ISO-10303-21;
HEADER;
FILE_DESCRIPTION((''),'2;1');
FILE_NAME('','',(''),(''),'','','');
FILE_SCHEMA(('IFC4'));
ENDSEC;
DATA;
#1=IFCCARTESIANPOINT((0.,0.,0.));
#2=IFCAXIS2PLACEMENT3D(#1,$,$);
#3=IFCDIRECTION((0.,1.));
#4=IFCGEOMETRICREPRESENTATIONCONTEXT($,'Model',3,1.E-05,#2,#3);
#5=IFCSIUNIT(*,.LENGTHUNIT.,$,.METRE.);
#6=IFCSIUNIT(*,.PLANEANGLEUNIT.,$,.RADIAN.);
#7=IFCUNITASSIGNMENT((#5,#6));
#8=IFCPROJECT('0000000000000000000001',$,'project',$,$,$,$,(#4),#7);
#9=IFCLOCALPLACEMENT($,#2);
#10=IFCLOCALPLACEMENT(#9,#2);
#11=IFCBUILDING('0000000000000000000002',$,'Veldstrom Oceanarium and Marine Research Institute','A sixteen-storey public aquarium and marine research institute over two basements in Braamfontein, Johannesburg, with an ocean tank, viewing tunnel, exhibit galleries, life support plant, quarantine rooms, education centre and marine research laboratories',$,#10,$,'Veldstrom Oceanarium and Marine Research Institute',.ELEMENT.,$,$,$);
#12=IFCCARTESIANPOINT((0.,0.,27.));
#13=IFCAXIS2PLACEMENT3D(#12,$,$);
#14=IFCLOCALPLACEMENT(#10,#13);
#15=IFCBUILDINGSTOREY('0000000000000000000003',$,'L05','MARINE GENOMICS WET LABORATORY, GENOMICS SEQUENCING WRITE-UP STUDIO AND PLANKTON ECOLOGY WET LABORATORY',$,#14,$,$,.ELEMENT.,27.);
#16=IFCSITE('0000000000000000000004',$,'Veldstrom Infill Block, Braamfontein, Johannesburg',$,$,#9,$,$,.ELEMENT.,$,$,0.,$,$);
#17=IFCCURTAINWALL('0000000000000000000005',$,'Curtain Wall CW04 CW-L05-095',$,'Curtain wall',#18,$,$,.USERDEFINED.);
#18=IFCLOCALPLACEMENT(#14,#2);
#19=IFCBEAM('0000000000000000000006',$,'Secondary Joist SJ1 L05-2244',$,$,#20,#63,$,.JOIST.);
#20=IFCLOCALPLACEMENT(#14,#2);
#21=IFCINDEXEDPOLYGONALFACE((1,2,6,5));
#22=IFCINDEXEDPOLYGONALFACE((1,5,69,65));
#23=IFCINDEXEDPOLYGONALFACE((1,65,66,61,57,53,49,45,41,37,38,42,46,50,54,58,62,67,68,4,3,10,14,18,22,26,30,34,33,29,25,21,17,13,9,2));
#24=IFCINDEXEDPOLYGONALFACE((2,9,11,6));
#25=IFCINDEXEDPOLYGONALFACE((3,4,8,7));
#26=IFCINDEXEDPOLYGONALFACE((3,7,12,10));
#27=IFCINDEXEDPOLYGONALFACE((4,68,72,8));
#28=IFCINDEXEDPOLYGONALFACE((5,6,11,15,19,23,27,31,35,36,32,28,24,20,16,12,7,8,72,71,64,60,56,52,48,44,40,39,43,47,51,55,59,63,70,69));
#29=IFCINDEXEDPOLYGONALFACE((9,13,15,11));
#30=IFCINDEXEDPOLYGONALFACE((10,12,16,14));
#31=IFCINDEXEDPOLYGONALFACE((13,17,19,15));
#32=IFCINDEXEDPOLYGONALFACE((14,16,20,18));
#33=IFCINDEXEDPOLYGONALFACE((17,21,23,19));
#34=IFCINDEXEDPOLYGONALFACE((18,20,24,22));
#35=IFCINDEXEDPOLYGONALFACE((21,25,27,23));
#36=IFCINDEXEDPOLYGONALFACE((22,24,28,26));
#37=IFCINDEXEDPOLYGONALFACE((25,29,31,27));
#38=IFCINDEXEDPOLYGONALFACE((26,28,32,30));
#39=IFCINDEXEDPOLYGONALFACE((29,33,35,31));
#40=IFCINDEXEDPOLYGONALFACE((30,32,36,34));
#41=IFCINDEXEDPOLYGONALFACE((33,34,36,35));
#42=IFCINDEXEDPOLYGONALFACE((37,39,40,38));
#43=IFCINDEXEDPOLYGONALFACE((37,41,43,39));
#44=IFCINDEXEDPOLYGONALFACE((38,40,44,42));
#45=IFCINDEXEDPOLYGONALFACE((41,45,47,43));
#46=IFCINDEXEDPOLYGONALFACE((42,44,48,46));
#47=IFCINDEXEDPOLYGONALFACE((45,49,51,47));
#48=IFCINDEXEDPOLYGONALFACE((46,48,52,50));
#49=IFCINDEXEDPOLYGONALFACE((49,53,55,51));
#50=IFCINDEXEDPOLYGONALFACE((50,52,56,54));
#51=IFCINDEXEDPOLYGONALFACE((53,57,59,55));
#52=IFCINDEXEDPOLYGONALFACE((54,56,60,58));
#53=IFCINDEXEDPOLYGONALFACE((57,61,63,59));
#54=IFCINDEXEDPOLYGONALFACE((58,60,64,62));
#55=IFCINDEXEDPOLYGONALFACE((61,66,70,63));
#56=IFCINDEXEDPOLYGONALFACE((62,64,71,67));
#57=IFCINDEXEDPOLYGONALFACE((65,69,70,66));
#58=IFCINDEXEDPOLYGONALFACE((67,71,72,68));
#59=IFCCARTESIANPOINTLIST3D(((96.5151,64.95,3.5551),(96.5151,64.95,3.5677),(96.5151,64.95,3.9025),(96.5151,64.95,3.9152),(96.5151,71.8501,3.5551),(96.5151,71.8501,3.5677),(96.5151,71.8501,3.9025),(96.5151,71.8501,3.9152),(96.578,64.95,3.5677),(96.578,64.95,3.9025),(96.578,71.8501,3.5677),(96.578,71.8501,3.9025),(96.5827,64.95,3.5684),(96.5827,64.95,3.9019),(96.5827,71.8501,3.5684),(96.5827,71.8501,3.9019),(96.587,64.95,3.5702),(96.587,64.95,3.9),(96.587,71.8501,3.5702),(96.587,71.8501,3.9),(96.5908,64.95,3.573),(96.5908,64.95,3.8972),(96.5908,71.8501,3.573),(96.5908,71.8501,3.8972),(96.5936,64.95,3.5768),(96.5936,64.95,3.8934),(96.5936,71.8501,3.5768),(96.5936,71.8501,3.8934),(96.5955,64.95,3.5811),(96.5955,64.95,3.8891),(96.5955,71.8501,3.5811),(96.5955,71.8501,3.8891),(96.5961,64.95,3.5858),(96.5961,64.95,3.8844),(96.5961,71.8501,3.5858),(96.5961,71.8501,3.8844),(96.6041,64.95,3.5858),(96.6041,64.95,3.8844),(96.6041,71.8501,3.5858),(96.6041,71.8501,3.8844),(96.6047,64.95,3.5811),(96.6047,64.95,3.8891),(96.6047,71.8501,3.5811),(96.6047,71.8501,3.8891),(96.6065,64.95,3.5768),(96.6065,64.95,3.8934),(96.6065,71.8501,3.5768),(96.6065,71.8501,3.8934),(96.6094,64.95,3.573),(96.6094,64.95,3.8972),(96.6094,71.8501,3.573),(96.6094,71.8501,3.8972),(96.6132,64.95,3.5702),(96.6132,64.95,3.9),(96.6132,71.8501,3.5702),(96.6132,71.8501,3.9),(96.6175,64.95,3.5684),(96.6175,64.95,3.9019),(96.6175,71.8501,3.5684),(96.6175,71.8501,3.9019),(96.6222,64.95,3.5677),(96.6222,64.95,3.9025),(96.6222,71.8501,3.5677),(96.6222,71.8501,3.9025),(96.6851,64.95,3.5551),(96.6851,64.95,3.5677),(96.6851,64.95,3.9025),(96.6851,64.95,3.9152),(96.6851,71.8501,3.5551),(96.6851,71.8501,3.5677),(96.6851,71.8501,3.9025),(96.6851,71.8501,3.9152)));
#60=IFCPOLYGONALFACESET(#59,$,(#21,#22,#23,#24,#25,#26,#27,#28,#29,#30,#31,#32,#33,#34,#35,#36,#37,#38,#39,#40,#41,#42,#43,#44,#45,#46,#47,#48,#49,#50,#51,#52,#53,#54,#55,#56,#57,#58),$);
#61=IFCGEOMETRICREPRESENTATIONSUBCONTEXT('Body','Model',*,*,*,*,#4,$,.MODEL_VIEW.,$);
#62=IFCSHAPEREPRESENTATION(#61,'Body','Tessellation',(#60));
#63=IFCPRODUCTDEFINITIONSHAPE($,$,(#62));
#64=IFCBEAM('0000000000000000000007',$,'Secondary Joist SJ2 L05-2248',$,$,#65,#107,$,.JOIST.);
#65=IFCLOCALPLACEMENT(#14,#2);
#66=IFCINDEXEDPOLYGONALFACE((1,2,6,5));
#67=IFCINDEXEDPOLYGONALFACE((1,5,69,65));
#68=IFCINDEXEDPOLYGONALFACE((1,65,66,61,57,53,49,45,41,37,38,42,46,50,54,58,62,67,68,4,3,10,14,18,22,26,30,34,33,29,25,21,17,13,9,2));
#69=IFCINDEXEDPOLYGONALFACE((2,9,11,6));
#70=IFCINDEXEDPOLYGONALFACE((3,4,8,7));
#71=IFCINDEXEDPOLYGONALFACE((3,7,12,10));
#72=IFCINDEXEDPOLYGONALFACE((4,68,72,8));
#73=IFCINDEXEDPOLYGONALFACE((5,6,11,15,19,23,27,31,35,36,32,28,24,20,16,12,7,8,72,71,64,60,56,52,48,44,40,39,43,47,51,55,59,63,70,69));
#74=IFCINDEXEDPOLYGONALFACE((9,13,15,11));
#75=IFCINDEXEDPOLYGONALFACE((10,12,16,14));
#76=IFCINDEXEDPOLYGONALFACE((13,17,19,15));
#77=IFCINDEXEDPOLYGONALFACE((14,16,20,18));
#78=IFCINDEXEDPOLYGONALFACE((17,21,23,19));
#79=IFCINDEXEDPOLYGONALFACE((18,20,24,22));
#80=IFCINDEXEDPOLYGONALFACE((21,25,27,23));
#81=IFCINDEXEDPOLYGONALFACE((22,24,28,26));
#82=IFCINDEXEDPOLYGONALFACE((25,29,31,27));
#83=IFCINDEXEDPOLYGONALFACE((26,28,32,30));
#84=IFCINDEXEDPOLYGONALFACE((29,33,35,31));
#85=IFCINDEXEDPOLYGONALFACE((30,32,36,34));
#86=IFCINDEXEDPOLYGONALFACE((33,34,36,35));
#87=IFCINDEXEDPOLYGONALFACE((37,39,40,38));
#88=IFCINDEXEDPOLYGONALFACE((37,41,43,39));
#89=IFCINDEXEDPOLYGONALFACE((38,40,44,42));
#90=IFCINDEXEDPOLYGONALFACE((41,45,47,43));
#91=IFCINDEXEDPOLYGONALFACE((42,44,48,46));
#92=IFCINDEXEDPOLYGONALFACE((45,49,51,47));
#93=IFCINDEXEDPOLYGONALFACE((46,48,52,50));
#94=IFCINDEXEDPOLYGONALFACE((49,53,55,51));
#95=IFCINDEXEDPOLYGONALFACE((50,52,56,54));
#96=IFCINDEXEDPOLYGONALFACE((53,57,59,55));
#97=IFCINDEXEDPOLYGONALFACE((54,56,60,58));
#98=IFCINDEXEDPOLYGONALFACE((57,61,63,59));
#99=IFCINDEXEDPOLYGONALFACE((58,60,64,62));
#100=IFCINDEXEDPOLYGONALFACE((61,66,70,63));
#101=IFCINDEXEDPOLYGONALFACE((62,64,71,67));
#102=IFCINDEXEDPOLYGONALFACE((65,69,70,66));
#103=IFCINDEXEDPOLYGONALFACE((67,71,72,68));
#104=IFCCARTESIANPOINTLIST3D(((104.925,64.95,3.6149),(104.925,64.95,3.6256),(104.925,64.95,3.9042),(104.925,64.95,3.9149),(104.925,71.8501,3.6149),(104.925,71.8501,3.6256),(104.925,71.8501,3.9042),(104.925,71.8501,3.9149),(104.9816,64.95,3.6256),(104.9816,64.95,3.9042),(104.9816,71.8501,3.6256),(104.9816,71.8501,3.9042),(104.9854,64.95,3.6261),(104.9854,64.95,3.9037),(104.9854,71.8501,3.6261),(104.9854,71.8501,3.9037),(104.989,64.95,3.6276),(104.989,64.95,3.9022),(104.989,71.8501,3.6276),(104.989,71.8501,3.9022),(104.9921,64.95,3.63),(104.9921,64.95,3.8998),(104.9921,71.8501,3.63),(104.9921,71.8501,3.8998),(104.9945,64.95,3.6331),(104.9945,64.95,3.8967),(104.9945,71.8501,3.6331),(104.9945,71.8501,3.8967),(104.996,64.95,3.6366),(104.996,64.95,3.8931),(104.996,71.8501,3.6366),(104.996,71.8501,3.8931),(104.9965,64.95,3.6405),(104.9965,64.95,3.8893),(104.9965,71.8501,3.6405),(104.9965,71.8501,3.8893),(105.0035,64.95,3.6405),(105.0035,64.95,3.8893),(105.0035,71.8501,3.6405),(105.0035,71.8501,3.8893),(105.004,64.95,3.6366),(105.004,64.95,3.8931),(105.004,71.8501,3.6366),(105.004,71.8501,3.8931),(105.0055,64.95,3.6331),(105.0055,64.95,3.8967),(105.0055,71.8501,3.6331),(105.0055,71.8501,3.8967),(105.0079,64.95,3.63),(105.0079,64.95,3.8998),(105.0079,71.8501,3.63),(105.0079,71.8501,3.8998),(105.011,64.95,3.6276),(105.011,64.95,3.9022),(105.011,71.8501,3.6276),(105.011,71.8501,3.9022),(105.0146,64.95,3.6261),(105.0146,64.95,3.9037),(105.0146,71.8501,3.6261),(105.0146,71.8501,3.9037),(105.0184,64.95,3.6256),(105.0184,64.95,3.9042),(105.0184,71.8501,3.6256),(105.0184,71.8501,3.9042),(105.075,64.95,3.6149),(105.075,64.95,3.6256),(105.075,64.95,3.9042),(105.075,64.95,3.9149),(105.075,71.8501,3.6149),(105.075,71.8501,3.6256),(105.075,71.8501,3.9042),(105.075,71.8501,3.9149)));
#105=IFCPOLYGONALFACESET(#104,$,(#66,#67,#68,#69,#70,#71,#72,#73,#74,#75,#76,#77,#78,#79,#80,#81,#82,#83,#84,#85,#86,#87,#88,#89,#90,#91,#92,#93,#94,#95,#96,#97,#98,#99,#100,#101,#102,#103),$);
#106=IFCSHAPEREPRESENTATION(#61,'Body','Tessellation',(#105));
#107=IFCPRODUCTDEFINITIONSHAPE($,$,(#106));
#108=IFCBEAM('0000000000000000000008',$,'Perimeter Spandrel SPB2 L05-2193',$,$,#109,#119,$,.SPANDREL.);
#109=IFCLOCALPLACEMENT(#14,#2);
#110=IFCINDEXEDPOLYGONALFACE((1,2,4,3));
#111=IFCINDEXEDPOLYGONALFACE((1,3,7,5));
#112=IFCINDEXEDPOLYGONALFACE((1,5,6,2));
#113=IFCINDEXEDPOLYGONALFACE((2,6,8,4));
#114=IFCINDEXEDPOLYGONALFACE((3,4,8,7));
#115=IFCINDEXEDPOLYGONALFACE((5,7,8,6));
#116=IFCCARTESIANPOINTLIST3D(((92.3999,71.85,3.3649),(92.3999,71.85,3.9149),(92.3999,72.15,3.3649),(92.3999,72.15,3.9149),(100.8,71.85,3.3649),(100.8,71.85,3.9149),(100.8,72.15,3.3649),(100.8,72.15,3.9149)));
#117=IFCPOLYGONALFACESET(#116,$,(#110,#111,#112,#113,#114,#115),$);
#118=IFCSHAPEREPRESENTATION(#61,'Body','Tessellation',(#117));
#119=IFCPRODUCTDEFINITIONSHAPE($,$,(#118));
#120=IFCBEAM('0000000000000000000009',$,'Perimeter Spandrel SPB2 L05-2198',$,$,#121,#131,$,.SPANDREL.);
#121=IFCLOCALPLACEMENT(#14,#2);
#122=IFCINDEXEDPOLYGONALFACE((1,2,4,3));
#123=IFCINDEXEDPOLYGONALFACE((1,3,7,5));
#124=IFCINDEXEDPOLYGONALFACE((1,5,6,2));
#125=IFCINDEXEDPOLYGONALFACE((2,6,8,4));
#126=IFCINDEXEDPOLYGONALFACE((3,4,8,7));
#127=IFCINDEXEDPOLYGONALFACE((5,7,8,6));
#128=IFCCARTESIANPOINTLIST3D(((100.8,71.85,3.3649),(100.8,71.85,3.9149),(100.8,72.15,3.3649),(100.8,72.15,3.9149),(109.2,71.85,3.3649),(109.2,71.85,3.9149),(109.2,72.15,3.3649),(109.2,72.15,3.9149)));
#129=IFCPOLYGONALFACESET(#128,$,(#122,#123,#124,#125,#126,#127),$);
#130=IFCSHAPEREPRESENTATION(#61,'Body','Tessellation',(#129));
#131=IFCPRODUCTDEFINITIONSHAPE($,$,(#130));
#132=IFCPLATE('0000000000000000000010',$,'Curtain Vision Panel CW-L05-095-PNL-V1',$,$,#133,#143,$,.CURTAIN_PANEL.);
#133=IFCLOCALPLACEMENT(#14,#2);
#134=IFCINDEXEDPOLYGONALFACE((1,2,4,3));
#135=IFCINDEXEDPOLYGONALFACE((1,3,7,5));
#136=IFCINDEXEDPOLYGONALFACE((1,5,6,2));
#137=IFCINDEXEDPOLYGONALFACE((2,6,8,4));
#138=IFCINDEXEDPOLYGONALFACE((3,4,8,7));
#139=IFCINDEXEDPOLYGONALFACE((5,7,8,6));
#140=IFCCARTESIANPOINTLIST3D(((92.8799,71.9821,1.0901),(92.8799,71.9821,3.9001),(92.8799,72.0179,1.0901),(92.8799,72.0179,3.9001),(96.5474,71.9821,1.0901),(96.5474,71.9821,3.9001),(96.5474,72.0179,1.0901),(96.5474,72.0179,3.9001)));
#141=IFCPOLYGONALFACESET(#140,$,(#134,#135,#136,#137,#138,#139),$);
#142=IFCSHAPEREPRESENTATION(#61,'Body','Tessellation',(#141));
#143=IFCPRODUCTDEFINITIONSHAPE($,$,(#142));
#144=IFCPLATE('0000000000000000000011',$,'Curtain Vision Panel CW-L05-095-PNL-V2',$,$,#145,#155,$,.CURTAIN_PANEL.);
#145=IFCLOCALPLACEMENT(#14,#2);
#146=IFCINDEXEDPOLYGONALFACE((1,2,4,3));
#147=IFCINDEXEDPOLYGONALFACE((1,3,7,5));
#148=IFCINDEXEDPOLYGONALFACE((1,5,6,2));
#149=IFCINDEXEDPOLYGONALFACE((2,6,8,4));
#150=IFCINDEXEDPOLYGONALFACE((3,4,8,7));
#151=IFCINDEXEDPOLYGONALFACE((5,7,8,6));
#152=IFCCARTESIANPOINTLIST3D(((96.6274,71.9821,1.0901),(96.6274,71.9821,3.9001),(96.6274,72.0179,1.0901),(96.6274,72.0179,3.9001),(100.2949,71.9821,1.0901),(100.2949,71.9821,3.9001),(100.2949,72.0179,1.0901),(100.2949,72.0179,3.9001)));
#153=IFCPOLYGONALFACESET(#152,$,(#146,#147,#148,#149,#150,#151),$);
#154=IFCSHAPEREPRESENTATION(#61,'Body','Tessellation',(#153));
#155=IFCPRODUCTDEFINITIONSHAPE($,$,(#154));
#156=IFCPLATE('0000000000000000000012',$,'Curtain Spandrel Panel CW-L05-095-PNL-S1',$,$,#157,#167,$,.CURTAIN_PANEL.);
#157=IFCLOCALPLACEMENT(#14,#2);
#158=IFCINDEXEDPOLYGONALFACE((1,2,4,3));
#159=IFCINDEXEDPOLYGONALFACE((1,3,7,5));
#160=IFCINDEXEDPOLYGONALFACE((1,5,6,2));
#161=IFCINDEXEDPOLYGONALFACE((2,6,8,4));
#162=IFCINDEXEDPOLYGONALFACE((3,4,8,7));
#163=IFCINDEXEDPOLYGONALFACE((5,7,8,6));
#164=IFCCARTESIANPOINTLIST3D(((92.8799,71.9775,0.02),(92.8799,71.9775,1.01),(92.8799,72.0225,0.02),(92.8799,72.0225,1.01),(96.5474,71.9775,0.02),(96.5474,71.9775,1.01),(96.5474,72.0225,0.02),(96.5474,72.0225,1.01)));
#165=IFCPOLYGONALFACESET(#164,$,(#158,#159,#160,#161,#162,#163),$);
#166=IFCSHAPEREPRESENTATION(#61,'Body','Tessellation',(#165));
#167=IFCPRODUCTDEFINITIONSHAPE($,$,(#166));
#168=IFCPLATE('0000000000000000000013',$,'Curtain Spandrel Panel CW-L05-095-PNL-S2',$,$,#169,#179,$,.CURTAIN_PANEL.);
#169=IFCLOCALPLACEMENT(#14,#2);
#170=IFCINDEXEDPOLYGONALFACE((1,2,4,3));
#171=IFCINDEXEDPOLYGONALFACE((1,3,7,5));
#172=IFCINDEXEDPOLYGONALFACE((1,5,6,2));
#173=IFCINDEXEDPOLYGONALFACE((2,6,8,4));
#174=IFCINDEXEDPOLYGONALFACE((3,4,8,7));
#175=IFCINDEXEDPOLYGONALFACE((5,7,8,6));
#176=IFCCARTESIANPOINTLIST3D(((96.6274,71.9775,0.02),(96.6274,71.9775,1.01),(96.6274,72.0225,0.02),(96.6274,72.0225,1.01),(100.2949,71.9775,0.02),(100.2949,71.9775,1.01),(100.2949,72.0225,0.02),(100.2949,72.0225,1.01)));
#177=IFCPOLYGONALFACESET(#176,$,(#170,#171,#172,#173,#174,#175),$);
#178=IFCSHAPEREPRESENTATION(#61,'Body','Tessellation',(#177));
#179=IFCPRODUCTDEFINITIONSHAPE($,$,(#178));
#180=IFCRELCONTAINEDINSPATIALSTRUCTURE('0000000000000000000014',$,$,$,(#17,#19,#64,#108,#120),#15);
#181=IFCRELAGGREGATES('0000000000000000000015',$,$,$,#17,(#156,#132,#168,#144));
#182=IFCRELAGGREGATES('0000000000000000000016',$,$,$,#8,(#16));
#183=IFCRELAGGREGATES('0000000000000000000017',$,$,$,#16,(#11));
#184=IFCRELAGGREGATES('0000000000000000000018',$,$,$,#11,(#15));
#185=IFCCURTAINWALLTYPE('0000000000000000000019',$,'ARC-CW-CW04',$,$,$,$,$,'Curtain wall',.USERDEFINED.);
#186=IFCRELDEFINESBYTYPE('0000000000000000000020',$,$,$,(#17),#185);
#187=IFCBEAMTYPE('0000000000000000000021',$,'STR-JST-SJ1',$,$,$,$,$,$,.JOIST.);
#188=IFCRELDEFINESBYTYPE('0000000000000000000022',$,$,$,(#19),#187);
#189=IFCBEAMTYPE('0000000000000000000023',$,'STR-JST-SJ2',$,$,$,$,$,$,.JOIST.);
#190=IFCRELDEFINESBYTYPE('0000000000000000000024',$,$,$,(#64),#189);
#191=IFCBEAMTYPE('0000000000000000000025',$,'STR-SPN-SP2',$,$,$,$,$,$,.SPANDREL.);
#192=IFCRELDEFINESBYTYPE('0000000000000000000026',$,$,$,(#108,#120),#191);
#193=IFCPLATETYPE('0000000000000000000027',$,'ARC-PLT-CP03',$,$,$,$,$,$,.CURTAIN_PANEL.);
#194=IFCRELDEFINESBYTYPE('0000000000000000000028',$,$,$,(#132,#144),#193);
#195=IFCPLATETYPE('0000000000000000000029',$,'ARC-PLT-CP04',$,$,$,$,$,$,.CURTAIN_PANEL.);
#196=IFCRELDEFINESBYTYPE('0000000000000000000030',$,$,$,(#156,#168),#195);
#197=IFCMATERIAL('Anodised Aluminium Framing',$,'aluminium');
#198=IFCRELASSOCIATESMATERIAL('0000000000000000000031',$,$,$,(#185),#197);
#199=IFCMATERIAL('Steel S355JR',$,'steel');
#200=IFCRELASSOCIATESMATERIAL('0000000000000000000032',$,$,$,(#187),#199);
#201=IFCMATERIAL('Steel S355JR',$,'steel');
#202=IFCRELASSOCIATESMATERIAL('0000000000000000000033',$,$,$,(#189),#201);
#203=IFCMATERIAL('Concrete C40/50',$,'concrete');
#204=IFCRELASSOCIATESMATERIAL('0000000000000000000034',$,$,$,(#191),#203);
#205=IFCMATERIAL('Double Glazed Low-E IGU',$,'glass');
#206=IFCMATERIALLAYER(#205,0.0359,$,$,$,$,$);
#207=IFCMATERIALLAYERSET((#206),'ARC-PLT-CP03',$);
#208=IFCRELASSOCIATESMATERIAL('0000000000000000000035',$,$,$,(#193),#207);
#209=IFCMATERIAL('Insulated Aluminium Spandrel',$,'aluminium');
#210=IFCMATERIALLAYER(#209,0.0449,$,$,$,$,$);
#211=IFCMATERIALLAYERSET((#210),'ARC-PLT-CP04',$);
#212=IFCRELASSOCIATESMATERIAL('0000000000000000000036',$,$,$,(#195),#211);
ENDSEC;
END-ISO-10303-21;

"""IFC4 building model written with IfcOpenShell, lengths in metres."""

from ifc_helpers import new_model, si_unit, direction, frame, origin, origin_2d, place, context, subcontext, project, spatial, rectangle, i_section, extrude, material, layer, layer_set, material_profile, profile_set, type_object, element, aggregate, save


model = new_model("IFC4")

# Units and contexts
model_context = context("Model", 3, precision=1e-05, world=origin(), true_north=direction((0.0, 1.0)))
body_context = subcontext(model_context, "Body", "Model", "MODEL_VIEW")
ifc_project = project(units=[si_unit("LENGTHUNIT", "METRE"), si_unit("PLANEANGLEUNIT", "RADIAN")], contexts=[model_context])

# Site, building, storey
site_placement = place(None, origin())
site = spatial("IfcSite", under=ifc_project, at=site_placement, Name="Veldstrom Infill Block, Braamfontein, Johannesburg", CompositionType="ELEMENT", RefElevation=0.0)
building_placement = place(site_placement, origin())
building = spatial("IfcBuilding", under=site, at=building_placement, Name="Veldstrom Oceanarium and Marine Research Institute", Description="A sixteen-storey public aquarium and marine research institute over two basements in Braamfontein, Johannesburg, with an ocean tank, viewing tunnel, exhibit galleries, life support plant, quarantine rooms, education centre and marine research laboratories", LongName="Veldstrom Oceanarium and Marine Research Institute", CompositionType="ELEMENT")
storey_placement = place(building_placement, frame((0.0, 0.0, 27.0)))
storey = spatial("IfcBuildingStorey", under=building, at=storey_placement, Name="L05", Description="MARINE GENOMICS WET LABORATORY, GENOMICS SEQUENCING WRITE-UP STUDIO AND PLANKTON ECOLOGY WET LABORATORY", CompositionType="ELEMENT", Elevation=27.0)

# Curtain wall
ifc_material_1 = material(Name="Anodised Aluminium Framing", Category="aluminium")
curtain_wall_type = type_object("IfcCurtainWallType", Name="ARC-CW-CW04", ElementType="Curtain wall", PredefinedType="USERDEFINED", material=ifc_material_1)
curtain_wall_placement = place(storey_placement, origin())
curtain_wall = element("IfcCurtainWall", 1, at=curtain_wall_placement, inside=storey, type_object=curtain_wall_type, Name="Curtain Wall CW04 CW-L05-095", ObjectType="Curtain wall", PredefinedType="USERDEFINED")

# Beams
ifc_material_2 = material(Name="Steel S355JR", Category="steel")
ifc_material_profile_1 = material_profile(ifc_material_2, i_section(OverallWidth=0.1699, OverallDepth=0.3601, WebThickness=0.0081, FlangeThickness=0.0127, FilletRadius=0.0181, at=origin_2d()), Name="IPE 360")
ifc_profile_set_1 = profile_set([ifc_material_profile_1], Name="Steel S355JR")
beam_type_1 = type_object("IfcBeamType", Name="STR-JST-SJ1", PredefinedType="JOIST", material=ifc_profile_set_1)
beam_1_placement = place(storey_placement, frame((96.6001, 64.95, 3.7351), z_axis=(0.0, 1.0, 0.0), x_axis=(-1.0, 0.0, 0.0)))
element("IfcBeam", 2, at=beam_1_placement, inside=storey, type_object=beam_type_1, Name="Secondary Joist SJ1 L05-2244", PredefinedType="JOIST", context=body_context, shape_type="SweptSolid", body=[
    extrude(i_section(OverallWidth=0.1699, OverallDepth=0.3601, WebThickness=0.0081, FlangeThickness=0.0127, FilletRadius=0.0181, at=origin_2d()), origin(), (0.0, 0.0, 1.0), 6.9001),
])
ifc_material_3 = material(Name="Steel S355JR", Category="steel")
ifc_material_profile_2 = material_profile(ifc_material_3, i_section(OverallWidth=0.1499, OverallDepth=0.3, WebThickness=0.0071, FlangeThickness=0.0107, FilletRadius=0.0149, at=origin_2d()), Name="IPE 300")
ifc_profile_set_2 = profile_set([ifc_material_profile_2], Name="Steel S355JR")
beam_type_2 = type_object("IfcBeamType", Name="STR-JST-SJ2", PredefinedType="JOIST", material=ifc_profile_set_2)
beam_2_placement = place(storey_placement, frame((105.0, 64.95, 3.7649), z_axis=(0.0, 1.0, 0.0), x_axis=(-1.0, 0.0, 0.0)))
element("IfcBeam", 3, at=beam_2_placement, inside=storey, type_object=beam_type_2, Name="Secondary Joist SJ2 L05-2248", PredefinedType="JOIST", context=body_context, shape_type="SweptSolid", body=[
    extrude(i_section(OverallWidth=0.1499, OverallDepth=0.3, WebThickness=0.0071, FlangeThickness=0.0107, FilletRadius=0.0149, at=origin_2d()), origin(), (0.0, 0.0, 1.0), 6.9001),
])
ifc_material_4 = material(Name="Concrete C40/50", Category="concrete")
ifc_material_profile_3 = material_profile(ifc_material_4, rectangle(XDim=0.3, YDim=0.55, at=origin_2d()), Name="RC-SPN-300x550")
ifc_profile_set_3 = profile_set([ifc_material_profile_3], Name="Concrete C40/50")
beam_type_3 = type_object("IfcBeamType", Name="STR-SPN-SP2", PredefinedType="SPANDREL", material=ifc_profile_set_3)
beam_3_placement = place(storey_placement, frame((92.3999, 72.0, 3.6399), z_axis=(1.0, 0.0, 0.0), x_axis=(0.0, 1.0, 0.0)))
element("IfcBeam", 4, at=beam_3_placement, inside=storey, type_object=beam_type_3, Name="Perimeter Spandrel SPB2 L05-2193", PredefinedType="SPANDREL", context=body_context, shape_type="SweptSolid", body=[
    extrude(rectangle(XDim=0.3, YDim=0.55, at=origin_2d()), origin(), (0.0, 0.0, 1.0), 8.4001),
])
beam_4_placement = place(storey_placement, frame((100.8, 72.0, 3.6399), z_axis=(1.0, 0.0, 0.0), x_axis=(0.0, 1.0, 0.0)))
element("IfcBeam", 5, at=beam_4_placement, inside=storey, type_object=beam_type_3, Name="Perimeter Spandrel SPB2 L05-2198", PredefinedType="SPANDREL", context=body_context, shape_type="SweptSolid", body=[
    extrude(rectangle(XDim=0.3, YDim=0.55, at=origin_2d()), origin(), (0.0, 0.0, 1.0), 8.3999),
])

# Plates
ifc_material_5 = material(Name="Double Glazed Low-E IGU", Category="glass")
ifc_layer_1 = layer(ifc_material_5, 0.0359)
ifc_layer_set_1 = layer_set([ifc_layer_1], Name="ARC-PLT-CP03")
plate_type_1 = type_object("IfcPlateType", Name="ARC-PLT-CP03", PredefinedType="CURTAIN_PANEL", material=ifc_layer_set_1)
plate_1_placement = place(storey_placement, frame((94.7136, 72.0, 1.0901), z_axis=(0.0, 0.0, 1.0), x_axis=(1.0, 0.0, 0.0)))
plate_1 = element("IfcPlate", 6, at=plate_1_placement, type_object=plate_type_1, Name="Curtain Vision Panel CW-L05-095-PNL-V1", PredefinedType="CURTAIN_PANEL", context=body_context, shape_type="SweptSolid", body=[
    extrude(rectangle(XDim=3.6675, YDim=0.0359, at=origin_2d()), origin(), (0.0, 0.0, 1.0), 2.8101),
])
plate_2_placement = place(storey_placement, frame((98.4612, 72.0, 1.0901), z_axis=(0.0, 0.0, 1.0), x_axis=(1.0, 0.0, 0.0)))
plate_2 = element("IfcPlate", 7, at=plate_2_placement, type_object=plate_type_1, Name="Curtain Vision Panel CW-L05-095-PNL-V2", PredefinedType="CURTAIN_PANEL", context=body_context, shape_type="SweptSolid", body=[
    extrude(rectangle(XDim=3.6675, YDim=0.0359, at=origin_2d()), origin(), (0.0, 0.0, 1.0), 2.8101),
])
ifc_material_6 = material(Name="Insulated Aluminium Spandrel", Category="aluminium")
ifc_layer_2 = layer(ifc_material_6, 0.0449)
ifc_layer_set_2 = layer_set([ifc_layer_2], Name="ARC-PLT-CP04")
plate_type_2 = type_object("IfcPlateType", Name="ARC-PLT-CP04", PredefinedType="CURTAIN_PANEL", material=ifc_layer_set_2)
plate_3_placement = place(storey_placement, frame((94.7136, 72.0, 0.02), z_axis=(0.0, 0.0, 1.0), x_axis=(1.0, 0.0, 0.0)))
plate_3 = element("IfcPlate", 8, at=plate_3_placement, type_object=plate_type_2, Name="Curtain Spandrel Panel CW-L05-095-PNL-S1", PredefinedType="CURTAIN_PANEL", context=body_context, shape_type="SweptSolid", body=[
    extrude(rectangle(XDim=3.6675, YDim=0.0449, at=origin_2d()), origin(), (0.0, 0.0, 1.0), 0.99),
])
plate_4_placement = place(storey_placement, frame((98.4612, 72.0, 0.02), z_axis=(0.0, 0.0, 1.0), x_axis=(1.0, 0.0, 0.0)))
plate_4 = element("IfcPlate", 9, at=plate_4_placement, type_object=plate_type_2, Name="Curtain Spandrel Panel CW-L05-095-PNL-S2", PredefinedType="CURTAIN_PANEL", context=body_context, shape_type="SweptSolid", body=[
    extrude(rectangle(XDim=3.6675, YDim=0.0449, at=origin_2d()), origin(), (0.0, 0.0, 1.0), 0.99),
])
aggregate(curtain_wall, [plate_3, plate_1, plate_4, plate_2])

save(model, "model.ifc")
